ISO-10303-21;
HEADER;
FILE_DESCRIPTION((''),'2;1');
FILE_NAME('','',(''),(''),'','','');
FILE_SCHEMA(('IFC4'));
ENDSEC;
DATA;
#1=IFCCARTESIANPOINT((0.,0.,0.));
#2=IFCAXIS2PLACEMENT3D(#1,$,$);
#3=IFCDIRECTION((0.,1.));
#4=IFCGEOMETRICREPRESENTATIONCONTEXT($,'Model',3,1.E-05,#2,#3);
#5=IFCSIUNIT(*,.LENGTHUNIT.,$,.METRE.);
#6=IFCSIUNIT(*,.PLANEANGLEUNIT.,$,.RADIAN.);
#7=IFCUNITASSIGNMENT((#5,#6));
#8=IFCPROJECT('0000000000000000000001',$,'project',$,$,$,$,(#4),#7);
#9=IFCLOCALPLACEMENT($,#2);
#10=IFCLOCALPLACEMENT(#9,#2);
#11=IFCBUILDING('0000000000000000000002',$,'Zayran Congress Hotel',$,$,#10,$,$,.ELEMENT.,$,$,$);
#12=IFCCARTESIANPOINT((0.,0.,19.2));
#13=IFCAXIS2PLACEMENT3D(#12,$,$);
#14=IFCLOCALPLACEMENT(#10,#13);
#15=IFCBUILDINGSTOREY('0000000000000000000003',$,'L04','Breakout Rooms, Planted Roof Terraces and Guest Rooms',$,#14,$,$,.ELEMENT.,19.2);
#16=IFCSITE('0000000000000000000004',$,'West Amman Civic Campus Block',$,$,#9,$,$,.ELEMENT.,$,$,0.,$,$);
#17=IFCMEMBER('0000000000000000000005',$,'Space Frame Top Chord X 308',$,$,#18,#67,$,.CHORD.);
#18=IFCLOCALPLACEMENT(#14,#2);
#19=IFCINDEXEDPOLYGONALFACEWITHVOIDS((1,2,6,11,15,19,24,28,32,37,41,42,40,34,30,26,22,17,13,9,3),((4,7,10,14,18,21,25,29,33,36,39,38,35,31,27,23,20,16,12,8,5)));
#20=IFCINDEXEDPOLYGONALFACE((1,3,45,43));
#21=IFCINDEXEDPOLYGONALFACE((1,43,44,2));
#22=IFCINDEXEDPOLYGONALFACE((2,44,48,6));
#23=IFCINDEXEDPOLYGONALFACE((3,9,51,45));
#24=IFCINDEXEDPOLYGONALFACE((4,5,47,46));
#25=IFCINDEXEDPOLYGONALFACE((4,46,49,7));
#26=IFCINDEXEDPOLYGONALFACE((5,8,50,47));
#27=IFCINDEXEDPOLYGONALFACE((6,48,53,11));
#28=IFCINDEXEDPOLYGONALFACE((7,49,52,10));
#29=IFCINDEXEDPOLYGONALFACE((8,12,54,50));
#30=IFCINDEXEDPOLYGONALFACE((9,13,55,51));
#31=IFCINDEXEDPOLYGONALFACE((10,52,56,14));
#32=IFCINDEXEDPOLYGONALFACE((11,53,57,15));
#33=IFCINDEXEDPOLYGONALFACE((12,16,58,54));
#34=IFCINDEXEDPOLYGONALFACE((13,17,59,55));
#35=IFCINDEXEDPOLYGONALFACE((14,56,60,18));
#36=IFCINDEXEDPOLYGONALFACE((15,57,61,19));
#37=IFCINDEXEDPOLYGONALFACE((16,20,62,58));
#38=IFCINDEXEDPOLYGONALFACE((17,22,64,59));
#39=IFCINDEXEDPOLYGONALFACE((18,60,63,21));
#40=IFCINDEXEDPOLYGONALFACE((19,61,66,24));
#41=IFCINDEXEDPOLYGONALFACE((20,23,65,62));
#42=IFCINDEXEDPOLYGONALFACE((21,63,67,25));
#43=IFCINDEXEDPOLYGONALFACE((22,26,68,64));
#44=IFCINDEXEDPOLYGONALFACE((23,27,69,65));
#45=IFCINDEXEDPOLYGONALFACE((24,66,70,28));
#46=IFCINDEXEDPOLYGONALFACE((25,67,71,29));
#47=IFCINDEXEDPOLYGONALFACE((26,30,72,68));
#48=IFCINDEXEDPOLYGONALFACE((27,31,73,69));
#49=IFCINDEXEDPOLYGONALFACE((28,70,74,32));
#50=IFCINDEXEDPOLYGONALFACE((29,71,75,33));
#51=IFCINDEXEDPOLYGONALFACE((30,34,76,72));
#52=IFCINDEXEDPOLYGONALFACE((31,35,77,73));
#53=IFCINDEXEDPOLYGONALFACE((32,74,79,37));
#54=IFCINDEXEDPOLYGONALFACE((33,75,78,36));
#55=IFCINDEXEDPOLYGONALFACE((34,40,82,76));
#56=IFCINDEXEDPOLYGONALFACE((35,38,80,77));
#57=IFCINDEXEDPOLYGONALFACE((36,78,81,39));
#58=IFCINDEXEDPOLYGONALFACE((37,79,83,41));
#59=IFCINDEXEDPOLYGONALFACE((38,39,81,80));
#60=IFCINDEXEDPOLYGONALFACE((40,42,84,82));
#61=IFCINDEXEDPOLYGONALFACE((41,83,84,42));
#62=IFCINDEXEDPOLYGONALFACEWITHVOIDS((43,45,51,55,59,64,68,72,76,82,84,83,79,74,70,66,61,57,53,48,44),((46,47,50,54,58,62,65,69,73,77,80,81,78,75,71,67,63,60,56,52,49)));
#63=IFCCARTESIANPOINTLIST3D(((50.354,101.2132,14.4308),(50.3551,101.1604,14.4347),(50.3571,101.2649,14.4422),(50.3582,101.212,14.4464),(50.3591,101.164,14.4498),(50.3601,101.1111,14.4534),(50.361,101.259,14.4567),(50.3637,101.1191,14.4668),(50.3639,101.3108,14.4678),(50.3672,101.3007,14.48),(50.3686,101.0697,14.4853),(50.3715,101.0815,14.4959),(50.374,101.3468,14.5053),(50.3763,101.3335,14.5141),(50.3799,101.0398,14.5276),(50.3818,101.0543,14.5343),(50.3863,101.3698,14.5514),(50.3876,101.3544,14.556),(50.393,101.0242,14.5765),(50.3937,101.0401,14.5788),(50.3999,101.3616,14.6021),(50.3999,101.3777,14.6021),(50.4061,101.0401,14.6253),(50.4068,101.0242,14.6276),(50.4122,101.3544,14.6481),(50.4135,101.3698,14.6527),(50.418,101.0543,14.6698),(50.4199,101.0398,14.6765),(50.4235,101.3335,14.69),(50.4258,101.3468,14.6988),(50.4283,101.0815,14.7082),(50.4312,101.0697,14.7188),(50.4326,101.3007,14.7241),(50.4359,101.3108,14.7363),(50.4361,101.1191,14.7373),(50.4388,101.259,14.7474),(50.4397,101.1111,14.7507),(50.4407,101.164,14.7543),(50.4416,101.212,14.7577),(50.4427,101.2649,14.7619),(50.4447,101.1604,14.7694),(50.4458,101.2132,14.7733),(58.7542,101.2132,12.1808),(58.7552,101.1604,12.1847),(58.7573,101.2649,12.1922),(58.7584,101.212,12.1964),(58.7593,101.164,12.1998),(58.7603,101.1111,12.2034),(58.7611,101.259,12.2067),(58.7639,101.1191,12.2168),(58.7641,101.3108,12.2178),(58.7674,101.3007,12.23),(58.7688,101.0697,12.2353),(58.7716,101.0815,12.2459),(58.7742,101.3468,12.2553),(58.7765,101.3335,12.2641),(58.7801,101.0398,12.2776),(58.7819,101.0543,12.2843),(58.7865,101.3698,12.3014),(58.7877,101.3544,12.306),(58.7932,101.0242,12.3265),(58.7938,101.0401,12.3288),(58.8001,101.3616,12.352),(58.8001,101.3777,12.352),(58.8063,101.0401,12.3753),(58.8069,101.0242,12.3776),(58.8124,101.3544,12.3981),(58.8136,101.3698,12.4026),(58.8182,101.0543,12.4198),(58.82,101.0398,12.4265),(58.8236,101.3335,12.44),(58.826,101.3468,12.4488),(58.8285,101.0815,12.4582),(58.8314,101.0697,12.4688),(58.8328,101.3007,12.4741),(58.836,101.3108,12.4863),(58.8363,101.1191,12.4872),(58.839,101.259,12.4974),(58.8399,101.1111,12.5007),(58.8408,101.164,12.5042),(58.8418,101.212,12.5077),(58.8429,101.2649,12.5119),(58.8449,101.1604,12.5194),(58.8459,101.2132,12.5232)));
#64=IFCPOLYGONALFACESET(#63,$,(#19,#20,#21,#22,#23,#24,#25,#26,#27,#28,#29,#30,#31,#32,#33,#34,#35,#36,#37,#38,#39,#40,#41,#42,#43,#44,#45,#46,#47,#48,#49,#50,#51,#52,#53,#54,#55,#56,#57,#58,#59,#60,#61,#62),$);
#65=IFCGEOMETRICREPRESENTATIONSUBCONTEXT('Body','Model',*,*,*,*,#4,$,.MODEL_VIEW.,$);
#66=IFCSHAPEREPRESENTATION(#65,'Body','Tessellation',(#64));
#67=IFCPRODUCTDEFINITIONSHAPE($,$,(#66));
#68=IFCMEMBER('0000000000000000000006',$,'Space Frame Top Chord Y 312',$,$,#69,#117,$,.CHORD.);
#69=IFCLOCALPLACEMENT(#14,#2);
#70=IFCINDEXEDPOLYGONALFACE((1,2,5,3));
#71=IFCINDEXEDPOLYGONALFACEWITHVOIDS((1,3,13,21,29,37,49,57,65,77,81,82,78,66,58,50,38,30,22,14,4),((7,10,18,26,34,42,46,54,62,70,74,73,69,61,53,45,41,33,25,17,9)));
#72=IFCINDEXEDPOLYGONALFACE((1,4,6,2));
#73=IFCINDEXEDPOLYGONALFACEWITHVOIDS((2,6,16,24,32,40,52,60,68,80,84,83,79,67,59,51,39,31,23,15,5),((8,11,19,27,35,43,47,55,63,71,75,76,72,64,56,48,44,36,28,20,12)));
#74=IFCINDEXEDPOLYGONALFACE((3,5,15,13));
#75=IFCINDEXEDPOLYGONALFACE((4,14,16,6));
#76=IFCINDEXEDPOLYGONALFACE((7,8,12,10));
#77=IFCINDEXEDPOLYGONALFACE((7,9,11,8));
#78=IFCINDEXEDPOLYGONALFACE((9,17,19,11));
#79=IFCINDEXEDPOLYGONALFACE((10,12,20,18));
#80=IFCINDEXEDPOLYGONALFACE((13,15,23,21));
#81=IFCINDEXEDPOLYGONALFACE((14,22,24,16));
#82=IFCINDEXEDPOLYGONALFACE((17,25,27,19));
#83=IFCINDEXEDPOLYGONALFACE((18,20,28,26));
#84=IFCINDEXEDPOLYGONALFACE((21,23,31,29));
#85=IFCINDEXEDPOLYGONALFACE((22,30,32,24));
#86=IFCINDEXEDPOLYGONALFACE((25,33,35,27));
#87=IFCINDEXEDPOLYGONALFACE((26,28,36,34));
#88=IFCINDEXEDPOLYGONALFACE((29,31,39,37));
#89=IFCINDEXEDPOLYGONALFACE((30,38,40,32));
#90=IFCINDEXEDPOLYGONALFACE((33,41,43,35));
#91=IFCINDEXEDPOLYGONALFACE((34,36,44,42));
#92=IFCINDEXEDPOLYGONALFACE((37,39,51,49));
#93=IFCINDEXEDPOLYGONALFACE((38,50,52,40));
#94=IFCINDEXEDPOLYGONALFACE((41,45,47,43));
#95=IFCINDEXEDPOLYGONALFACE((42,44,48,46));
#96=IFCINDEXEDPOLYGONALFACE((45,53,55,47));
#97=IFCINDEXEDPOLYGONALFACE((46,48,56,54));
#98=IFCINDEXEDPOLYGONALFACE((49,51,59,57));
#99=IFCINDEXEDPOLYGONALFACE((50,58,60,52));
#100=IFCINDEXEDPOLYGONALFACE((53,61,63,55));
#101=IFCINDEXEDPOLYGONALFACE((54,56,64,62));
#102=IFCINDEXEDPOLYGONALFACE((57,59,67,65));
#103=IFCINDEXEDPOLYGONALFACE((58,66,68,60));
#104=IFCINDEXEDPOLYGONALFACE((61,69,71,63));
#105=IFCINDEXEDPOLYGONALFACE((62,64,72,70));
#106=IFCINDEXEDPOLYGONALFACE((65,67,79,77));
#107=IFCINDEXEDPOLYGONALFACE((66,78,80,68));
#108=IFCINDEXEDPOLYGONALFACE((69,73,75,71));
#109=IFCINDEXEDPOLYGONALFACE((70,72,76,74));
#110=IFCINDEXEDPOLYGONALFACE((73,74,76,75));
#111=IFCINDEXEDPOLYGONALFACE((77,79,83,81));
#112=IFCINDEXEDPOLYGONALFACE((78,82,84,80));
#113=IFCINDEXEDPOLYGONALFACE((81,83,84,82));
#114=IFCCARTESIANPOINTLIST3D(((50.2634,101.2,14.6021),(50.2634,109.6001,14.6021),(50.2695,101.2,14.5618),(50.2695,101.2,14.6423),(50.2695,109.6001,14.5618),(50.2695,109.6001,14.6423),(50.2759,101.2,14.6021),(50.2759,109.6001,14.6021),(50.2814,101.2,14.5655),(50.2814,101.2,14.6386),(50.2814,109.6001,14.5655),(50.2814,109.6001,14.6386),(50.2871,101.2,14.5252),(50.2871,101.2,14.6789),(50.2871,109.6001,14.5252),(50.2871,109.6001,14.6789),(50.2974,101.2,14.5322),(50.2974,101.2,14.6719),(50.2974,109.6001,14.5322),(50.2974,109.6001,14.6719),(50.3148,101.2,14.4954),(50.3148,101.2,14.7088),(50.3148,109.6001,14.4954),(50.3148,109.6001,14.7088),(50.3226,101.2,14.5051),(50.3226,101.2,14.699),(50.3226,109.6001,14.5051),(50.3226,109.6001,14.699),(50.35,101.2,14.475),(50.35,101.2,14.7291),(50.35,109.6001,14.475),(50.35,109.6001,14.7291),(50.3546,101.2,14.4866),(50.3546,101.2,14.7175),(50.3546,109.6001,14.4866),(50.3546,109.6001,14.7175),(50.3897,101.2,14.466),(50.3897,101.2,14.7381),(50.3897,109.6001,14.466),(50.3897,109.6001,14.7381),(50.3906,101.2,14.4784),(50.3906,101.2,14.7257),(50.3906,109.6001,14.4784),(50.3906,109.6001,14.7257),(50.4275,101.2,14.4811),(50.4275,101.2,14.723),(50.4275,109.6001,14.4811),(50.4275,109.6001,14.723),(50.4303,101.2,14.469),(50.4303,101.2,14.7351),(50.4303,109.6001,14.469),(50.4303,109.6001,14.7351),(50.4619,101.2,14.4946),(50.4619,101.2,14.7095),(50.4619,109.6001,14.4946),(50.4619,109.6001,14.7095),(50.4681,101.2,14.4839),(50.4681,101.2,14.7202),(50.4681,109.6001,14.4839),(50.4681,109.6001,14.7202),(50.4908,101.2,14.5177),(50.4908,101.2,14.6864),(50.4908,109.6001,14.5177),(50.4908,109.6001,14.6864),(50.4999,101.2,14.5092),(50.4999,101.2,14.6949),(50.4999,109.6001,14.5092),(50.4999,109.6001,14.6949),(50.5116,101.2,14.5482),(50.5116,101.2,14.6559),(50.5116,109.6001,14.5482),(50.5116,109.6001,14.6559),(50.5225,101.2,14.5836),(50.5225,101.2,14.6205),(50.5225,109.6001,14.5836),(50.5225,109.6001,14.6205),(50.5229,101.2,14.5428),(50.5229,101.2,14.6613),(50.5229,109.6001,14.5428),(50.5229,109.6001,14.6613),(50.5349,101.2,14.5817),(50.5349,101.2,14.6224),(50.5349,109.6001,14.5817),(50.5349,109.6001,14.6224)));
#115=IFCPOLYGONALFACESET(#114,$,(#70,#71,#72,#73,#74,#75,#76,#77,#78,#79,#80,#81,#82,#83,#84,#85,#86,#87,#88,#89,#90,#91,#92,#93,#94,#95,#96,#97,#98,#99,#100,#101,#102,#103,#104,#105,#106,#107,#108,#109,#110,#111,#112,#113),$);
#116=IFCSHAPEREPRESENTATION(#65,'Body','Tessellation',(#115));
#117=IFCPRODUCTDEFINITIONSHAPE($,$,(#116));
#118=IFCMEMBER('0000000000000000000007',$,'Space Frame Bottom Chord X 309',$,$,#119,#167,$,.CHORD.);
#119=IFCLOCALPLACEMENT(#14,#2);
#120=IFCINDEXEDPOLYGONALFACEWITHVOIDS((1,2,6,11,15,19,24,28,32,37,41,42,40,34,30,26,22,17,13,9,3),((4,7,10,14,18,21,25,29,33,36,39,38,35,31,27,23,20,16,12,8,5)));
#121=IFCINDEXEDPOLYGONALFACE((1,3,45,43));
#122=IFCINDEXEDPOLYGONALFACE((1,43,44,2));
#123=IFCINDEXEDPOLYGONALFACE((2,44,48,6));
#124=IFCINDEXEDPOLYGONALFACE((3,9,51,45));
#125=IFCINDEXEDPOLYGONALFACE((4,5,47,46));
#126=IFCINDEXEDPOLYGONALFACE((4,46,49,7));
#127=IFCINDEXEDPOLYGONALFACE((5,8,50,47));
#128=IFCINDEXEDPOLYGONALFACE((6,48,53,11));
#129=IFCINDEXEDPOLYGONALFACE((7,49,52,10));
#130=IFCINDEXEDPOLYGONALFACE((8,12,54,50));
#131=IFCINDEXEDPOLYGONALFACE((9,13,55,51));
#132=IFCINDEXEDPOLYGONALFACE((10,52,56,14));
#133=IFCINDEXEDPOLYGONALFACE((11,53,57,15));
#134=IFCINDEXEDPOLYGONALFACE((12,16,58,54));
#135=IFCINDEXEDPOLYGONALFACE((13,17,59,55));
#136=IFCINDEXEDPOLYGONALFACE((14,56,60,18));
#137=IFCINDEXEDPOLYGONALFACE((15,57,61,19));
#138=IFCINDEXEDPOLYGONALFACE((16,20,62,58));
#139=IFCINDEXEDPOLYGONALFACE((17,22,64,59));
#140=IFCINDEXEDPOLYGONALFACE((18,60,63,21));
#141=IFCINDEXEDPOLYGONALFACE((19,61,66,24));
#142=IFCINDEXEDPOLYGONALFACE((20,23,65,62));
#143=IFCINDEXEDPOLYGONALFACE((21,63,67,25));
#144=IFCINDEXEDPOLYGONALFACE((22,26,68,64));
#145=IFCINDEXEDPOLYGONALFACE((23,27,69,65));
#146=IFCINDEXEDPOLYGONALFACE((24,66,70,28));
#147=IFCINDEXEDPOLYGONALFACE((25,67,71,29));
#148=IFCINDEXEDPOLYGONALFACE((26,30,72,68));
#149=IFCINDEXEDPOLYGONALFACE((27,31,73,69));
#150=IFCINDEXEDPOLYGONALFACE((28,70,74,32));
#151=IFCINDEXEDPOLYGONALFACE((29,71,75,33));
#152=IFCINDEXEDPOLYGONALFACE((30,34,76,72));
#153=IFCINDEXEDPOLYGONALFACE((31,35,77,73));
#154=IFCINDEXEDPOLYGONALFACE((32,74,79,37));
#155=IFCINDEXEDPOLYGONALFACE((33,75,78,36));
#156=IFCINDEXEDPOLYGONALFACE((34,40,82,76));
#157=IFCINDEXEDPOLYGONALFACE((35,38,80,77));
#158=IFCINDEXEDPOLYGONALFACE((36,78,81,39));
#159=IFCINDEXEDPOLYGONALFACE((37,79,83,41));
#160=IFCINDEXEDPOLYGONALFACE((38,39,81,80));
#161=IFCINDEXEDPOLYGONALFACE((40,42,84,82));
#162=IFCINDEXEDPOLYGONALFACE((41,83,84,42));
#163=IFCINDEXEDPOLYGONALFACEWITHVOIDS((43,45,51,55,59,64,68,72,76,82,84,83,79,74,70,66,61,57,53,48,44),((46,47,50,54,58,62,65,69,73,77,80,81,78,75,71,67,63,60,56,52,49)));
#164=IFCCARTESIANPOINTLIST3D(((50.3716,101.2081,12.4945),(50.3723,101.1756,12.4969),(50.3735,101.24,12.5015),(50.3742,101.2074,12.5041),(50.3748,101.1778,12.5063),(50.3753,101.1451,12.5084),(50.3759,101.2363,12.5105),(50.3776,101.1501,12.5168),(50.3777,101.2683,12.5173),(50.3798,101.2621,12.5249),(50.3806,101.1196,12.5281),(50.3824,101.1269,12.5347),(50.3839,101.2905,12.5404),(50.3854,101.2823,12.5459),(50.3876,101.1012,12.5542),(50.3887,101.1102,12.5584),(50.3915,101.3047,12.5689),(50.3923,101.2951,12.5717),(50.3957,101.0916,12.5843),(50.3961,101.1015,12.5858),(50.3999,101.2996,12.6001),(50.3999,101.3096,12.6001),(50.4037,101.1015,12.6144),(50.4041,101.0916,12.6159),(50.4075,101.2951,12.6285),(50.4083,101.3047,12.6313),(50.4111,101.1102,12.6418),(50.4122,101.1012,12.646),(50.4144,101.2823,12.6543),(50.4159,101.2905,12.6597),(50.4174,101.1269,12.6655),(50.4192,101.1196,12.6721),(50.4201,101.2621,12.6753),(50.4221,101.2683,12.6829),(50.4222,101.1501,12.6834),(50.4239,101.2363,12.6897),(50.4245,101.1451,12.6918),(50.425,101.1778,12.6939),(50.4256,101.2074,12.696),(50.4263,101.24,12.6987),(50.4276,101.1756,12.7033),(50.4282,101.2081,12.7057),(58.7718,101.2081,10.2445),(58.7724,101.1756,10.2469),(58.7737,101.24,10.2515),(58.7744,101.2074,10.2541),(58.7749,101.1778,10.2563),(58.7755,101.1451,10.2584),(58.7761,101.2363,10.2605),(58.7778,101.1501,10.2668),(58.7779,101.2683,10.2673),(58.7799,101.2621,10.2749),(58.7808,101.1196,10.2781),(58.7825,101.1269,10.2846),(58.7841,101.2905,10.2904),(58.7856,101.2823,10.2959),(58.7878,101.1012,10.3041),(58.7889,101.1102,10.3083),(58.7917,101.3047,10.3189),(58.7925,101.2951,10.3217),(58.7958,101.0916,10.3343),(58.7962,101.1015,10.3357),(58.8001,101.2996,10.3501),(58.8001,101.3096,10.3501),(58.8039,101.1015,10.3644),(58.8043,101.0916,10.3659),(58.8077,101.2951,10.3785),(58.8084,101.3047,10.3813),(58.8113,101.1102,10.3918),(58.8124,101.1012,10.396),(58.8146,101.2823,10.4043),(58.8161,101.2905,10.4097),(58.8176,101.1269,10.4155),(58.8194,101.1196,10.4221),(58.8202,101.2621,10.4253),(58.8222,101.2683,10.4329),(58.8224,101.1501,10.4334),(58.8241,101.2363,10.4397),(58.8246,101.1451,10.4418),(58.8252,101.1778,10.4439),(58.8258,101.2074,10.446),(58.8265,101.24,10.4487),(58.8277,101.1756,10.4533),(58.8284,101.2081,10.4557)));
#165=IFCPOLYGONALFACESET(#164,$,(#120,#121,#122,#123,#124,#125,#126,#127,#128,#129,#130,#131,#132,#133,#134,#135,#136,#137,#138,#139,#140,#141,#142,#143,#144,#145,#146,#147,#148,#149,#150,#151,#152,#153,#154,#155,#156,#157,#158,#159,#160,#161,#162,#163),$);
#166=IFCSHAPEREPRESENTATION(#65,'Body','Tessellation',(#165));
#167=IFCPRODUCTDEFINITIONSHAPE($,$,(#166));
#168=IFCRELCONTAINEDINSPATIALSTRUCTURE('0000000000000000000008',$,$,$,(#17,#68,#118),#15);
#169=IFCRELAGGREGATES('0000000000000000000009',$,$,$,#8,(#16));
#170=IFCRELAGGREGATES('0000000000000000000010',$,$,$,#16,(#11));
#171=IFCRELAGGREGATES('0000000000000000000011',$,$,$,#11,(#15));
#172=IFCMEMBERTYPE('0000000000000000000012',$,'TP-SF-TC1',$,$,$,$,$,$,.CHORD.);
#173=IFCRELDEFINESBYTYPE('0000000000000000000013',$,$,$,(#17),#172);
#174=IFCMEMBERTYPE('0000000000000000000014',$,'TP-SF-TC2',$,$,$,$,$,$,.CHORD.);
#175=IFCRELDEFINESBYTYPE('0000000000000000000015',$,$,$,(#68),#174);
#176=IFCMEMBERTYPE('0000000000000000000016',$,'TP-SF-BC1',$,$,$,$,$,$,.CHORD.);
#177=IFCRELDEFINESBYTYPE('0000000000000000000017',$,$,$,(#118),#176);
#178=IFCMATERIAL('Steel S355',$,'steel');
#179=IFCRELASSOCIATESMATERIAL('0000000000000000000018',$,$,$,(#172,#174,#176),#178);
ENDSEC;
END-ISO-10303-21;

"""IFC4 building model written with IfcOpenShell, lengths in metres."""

from ifc_helpers import new_model, si_unit, direction, frame, origin, origin_2d, place, context, subcontext, project, spatial, hollow_circle, extrude, material, material_profile, profile_set, type_object, element, save


model = new_model("IFC4")

# Units and contexts
model_context = context("Model", 3, precision=1e-05, world=origin(), true_north=direction((0.0, 1.0)))
body_context = subcontext(model_context, "Body", "Model", "MODEL_VIEW")
ifc_project = project(units=[si_unit("LENGTHUNIT", "METRE"), si_unit("PLANEANGLEUNIT", "RADIAN")], contexts=[model_context])

# Site, building, storey
site_placement = place(None, origin())
site = spatial("IfcSite", under=ifc_project, at=site_placement, Name="West Amman Civic Campus Block", CompositionType="ELEMENT", RefElevation=0.0)
building_placement = place(site_placement, origin())
building = spatial("IfcBuilding", under=site, at=building_placement, Name="Zayran Congress Hotel", CompositionType="ELEMENT")
storey_placement = place(building_placement, frame((0.0, 0.0, 19.2)))
storey = spatial("IfcBuildingStorey", under=building, at=storey_placement, Name="L04", Description="Breakout Rooms, Planted Roof Terraces and Guest Rooms", CompositionType="ELEMENT", Elevation=19.2)

# Members
ifc_material_1 = material(Name="Steel S355", Category="steel")
ifc_material_profile_1 = material_profile(ifc_material_1, hollow_circle(Radius=0.1777, WallThickness=0.0161, at=origin_2d()), Name="CHS 355.6x16")
ifc_profile_set_1 = profile_set([ifc_material_profile_1], Name="Steel S355")
member_type_1 = type_object("IfcMemberType", Name="TP-SF-TC1", PredefinedType="CHORD", material=ifc_profile_set_1)
member_1_placement = place(storey_placement, frame((50.3999, 101.2, 14.6021), z_axis=(0.965949, 0.0, -0.258732), x_axis=(0.0, 1.0, 0.0)))
element("IfcMember", 1, at=member_1_placement, inside=storey, type_object=member_type_1, Name="Space Frame Top Chord X 308", PredefinedType="CHORD", context=body_context, shape_type="SweptSolid", body=[
    extrude(hollow_circle(Radius=0.1777, WallThickness=0.0161, at=origin_2d()), origin(), (0.0, 0.0, 1.0), 8.6963),
])
ifc_material_profile_2 = material_profile(ifc_material_1, hollow_circle(Radius=0.1365, WallThickness=0.0125, at=origin_2d()), Name="CHS 273x12.5")
ifc_profile_set_2 = profile_set([ifc_material_profile_2], Name="Steel S355")
member_type_2 = type_object("IfcMemberType", Name="TP-SF-TC2", PredefinedType="CHORD", material=ifc_profile_set_2)
member_2_placement = place(storey_placement, frame((50.3999, 101.2, 14.6021), z_axis=(0.0, 1.0, 0.0), x_axis=(-1.0, 0.0, 0.0)))
element("IfcMember", 2, at=member_2_placement, inside=storey, type_object=member_type_2, Name="Space Frame Top Chord Y 312", PredefinedType="CHORD", context=body_context, shape_type="SweptSolid", body=[
    extrude(hollow_circle(Radius=0.1365, WallThickness=0.0125, at=origin_2d()), origin(), (0.0, 0.0, 1.0), 8.4001),
])
ifc_material_profile_3 = material_profile(ifc_material_1, hollow_circle(Radius=0.1096, WallThickness=0.01, at=origin_2d()), Name="CHS 219.1x10")
ifc_profile_set_3 = profile_set([ifc_material_profile_3], Name="Steel S355")
member_type_3 = type_object("IfcMemberType", Name="TP-SF-BC1", PredefinedType="CHORD", material=ifc_profile_set_3)
member_3_placement = place(storey_placement, frame((50.3999, 101.2, 12.6001), z_axis=(0.965949, 0.0, -0.258732), x_axis=(0.0, 1.0, 0.0)))
element("IfcMember", 3, at=member_3_placement, inside=storey, type_object=member_type_3, Name="Space Frame Bottom Chord X 309", PredefinedType="CHORD", context=body_context, shape_type="SweptSolid", body=[
    extrude(hollow_circle(Radius=0.1096, WallThickness=0.01, at=origin_2d()), origin(), (0.0, 0.0, 1.0), 8.6963),
])

save(model, "model.ifc")
